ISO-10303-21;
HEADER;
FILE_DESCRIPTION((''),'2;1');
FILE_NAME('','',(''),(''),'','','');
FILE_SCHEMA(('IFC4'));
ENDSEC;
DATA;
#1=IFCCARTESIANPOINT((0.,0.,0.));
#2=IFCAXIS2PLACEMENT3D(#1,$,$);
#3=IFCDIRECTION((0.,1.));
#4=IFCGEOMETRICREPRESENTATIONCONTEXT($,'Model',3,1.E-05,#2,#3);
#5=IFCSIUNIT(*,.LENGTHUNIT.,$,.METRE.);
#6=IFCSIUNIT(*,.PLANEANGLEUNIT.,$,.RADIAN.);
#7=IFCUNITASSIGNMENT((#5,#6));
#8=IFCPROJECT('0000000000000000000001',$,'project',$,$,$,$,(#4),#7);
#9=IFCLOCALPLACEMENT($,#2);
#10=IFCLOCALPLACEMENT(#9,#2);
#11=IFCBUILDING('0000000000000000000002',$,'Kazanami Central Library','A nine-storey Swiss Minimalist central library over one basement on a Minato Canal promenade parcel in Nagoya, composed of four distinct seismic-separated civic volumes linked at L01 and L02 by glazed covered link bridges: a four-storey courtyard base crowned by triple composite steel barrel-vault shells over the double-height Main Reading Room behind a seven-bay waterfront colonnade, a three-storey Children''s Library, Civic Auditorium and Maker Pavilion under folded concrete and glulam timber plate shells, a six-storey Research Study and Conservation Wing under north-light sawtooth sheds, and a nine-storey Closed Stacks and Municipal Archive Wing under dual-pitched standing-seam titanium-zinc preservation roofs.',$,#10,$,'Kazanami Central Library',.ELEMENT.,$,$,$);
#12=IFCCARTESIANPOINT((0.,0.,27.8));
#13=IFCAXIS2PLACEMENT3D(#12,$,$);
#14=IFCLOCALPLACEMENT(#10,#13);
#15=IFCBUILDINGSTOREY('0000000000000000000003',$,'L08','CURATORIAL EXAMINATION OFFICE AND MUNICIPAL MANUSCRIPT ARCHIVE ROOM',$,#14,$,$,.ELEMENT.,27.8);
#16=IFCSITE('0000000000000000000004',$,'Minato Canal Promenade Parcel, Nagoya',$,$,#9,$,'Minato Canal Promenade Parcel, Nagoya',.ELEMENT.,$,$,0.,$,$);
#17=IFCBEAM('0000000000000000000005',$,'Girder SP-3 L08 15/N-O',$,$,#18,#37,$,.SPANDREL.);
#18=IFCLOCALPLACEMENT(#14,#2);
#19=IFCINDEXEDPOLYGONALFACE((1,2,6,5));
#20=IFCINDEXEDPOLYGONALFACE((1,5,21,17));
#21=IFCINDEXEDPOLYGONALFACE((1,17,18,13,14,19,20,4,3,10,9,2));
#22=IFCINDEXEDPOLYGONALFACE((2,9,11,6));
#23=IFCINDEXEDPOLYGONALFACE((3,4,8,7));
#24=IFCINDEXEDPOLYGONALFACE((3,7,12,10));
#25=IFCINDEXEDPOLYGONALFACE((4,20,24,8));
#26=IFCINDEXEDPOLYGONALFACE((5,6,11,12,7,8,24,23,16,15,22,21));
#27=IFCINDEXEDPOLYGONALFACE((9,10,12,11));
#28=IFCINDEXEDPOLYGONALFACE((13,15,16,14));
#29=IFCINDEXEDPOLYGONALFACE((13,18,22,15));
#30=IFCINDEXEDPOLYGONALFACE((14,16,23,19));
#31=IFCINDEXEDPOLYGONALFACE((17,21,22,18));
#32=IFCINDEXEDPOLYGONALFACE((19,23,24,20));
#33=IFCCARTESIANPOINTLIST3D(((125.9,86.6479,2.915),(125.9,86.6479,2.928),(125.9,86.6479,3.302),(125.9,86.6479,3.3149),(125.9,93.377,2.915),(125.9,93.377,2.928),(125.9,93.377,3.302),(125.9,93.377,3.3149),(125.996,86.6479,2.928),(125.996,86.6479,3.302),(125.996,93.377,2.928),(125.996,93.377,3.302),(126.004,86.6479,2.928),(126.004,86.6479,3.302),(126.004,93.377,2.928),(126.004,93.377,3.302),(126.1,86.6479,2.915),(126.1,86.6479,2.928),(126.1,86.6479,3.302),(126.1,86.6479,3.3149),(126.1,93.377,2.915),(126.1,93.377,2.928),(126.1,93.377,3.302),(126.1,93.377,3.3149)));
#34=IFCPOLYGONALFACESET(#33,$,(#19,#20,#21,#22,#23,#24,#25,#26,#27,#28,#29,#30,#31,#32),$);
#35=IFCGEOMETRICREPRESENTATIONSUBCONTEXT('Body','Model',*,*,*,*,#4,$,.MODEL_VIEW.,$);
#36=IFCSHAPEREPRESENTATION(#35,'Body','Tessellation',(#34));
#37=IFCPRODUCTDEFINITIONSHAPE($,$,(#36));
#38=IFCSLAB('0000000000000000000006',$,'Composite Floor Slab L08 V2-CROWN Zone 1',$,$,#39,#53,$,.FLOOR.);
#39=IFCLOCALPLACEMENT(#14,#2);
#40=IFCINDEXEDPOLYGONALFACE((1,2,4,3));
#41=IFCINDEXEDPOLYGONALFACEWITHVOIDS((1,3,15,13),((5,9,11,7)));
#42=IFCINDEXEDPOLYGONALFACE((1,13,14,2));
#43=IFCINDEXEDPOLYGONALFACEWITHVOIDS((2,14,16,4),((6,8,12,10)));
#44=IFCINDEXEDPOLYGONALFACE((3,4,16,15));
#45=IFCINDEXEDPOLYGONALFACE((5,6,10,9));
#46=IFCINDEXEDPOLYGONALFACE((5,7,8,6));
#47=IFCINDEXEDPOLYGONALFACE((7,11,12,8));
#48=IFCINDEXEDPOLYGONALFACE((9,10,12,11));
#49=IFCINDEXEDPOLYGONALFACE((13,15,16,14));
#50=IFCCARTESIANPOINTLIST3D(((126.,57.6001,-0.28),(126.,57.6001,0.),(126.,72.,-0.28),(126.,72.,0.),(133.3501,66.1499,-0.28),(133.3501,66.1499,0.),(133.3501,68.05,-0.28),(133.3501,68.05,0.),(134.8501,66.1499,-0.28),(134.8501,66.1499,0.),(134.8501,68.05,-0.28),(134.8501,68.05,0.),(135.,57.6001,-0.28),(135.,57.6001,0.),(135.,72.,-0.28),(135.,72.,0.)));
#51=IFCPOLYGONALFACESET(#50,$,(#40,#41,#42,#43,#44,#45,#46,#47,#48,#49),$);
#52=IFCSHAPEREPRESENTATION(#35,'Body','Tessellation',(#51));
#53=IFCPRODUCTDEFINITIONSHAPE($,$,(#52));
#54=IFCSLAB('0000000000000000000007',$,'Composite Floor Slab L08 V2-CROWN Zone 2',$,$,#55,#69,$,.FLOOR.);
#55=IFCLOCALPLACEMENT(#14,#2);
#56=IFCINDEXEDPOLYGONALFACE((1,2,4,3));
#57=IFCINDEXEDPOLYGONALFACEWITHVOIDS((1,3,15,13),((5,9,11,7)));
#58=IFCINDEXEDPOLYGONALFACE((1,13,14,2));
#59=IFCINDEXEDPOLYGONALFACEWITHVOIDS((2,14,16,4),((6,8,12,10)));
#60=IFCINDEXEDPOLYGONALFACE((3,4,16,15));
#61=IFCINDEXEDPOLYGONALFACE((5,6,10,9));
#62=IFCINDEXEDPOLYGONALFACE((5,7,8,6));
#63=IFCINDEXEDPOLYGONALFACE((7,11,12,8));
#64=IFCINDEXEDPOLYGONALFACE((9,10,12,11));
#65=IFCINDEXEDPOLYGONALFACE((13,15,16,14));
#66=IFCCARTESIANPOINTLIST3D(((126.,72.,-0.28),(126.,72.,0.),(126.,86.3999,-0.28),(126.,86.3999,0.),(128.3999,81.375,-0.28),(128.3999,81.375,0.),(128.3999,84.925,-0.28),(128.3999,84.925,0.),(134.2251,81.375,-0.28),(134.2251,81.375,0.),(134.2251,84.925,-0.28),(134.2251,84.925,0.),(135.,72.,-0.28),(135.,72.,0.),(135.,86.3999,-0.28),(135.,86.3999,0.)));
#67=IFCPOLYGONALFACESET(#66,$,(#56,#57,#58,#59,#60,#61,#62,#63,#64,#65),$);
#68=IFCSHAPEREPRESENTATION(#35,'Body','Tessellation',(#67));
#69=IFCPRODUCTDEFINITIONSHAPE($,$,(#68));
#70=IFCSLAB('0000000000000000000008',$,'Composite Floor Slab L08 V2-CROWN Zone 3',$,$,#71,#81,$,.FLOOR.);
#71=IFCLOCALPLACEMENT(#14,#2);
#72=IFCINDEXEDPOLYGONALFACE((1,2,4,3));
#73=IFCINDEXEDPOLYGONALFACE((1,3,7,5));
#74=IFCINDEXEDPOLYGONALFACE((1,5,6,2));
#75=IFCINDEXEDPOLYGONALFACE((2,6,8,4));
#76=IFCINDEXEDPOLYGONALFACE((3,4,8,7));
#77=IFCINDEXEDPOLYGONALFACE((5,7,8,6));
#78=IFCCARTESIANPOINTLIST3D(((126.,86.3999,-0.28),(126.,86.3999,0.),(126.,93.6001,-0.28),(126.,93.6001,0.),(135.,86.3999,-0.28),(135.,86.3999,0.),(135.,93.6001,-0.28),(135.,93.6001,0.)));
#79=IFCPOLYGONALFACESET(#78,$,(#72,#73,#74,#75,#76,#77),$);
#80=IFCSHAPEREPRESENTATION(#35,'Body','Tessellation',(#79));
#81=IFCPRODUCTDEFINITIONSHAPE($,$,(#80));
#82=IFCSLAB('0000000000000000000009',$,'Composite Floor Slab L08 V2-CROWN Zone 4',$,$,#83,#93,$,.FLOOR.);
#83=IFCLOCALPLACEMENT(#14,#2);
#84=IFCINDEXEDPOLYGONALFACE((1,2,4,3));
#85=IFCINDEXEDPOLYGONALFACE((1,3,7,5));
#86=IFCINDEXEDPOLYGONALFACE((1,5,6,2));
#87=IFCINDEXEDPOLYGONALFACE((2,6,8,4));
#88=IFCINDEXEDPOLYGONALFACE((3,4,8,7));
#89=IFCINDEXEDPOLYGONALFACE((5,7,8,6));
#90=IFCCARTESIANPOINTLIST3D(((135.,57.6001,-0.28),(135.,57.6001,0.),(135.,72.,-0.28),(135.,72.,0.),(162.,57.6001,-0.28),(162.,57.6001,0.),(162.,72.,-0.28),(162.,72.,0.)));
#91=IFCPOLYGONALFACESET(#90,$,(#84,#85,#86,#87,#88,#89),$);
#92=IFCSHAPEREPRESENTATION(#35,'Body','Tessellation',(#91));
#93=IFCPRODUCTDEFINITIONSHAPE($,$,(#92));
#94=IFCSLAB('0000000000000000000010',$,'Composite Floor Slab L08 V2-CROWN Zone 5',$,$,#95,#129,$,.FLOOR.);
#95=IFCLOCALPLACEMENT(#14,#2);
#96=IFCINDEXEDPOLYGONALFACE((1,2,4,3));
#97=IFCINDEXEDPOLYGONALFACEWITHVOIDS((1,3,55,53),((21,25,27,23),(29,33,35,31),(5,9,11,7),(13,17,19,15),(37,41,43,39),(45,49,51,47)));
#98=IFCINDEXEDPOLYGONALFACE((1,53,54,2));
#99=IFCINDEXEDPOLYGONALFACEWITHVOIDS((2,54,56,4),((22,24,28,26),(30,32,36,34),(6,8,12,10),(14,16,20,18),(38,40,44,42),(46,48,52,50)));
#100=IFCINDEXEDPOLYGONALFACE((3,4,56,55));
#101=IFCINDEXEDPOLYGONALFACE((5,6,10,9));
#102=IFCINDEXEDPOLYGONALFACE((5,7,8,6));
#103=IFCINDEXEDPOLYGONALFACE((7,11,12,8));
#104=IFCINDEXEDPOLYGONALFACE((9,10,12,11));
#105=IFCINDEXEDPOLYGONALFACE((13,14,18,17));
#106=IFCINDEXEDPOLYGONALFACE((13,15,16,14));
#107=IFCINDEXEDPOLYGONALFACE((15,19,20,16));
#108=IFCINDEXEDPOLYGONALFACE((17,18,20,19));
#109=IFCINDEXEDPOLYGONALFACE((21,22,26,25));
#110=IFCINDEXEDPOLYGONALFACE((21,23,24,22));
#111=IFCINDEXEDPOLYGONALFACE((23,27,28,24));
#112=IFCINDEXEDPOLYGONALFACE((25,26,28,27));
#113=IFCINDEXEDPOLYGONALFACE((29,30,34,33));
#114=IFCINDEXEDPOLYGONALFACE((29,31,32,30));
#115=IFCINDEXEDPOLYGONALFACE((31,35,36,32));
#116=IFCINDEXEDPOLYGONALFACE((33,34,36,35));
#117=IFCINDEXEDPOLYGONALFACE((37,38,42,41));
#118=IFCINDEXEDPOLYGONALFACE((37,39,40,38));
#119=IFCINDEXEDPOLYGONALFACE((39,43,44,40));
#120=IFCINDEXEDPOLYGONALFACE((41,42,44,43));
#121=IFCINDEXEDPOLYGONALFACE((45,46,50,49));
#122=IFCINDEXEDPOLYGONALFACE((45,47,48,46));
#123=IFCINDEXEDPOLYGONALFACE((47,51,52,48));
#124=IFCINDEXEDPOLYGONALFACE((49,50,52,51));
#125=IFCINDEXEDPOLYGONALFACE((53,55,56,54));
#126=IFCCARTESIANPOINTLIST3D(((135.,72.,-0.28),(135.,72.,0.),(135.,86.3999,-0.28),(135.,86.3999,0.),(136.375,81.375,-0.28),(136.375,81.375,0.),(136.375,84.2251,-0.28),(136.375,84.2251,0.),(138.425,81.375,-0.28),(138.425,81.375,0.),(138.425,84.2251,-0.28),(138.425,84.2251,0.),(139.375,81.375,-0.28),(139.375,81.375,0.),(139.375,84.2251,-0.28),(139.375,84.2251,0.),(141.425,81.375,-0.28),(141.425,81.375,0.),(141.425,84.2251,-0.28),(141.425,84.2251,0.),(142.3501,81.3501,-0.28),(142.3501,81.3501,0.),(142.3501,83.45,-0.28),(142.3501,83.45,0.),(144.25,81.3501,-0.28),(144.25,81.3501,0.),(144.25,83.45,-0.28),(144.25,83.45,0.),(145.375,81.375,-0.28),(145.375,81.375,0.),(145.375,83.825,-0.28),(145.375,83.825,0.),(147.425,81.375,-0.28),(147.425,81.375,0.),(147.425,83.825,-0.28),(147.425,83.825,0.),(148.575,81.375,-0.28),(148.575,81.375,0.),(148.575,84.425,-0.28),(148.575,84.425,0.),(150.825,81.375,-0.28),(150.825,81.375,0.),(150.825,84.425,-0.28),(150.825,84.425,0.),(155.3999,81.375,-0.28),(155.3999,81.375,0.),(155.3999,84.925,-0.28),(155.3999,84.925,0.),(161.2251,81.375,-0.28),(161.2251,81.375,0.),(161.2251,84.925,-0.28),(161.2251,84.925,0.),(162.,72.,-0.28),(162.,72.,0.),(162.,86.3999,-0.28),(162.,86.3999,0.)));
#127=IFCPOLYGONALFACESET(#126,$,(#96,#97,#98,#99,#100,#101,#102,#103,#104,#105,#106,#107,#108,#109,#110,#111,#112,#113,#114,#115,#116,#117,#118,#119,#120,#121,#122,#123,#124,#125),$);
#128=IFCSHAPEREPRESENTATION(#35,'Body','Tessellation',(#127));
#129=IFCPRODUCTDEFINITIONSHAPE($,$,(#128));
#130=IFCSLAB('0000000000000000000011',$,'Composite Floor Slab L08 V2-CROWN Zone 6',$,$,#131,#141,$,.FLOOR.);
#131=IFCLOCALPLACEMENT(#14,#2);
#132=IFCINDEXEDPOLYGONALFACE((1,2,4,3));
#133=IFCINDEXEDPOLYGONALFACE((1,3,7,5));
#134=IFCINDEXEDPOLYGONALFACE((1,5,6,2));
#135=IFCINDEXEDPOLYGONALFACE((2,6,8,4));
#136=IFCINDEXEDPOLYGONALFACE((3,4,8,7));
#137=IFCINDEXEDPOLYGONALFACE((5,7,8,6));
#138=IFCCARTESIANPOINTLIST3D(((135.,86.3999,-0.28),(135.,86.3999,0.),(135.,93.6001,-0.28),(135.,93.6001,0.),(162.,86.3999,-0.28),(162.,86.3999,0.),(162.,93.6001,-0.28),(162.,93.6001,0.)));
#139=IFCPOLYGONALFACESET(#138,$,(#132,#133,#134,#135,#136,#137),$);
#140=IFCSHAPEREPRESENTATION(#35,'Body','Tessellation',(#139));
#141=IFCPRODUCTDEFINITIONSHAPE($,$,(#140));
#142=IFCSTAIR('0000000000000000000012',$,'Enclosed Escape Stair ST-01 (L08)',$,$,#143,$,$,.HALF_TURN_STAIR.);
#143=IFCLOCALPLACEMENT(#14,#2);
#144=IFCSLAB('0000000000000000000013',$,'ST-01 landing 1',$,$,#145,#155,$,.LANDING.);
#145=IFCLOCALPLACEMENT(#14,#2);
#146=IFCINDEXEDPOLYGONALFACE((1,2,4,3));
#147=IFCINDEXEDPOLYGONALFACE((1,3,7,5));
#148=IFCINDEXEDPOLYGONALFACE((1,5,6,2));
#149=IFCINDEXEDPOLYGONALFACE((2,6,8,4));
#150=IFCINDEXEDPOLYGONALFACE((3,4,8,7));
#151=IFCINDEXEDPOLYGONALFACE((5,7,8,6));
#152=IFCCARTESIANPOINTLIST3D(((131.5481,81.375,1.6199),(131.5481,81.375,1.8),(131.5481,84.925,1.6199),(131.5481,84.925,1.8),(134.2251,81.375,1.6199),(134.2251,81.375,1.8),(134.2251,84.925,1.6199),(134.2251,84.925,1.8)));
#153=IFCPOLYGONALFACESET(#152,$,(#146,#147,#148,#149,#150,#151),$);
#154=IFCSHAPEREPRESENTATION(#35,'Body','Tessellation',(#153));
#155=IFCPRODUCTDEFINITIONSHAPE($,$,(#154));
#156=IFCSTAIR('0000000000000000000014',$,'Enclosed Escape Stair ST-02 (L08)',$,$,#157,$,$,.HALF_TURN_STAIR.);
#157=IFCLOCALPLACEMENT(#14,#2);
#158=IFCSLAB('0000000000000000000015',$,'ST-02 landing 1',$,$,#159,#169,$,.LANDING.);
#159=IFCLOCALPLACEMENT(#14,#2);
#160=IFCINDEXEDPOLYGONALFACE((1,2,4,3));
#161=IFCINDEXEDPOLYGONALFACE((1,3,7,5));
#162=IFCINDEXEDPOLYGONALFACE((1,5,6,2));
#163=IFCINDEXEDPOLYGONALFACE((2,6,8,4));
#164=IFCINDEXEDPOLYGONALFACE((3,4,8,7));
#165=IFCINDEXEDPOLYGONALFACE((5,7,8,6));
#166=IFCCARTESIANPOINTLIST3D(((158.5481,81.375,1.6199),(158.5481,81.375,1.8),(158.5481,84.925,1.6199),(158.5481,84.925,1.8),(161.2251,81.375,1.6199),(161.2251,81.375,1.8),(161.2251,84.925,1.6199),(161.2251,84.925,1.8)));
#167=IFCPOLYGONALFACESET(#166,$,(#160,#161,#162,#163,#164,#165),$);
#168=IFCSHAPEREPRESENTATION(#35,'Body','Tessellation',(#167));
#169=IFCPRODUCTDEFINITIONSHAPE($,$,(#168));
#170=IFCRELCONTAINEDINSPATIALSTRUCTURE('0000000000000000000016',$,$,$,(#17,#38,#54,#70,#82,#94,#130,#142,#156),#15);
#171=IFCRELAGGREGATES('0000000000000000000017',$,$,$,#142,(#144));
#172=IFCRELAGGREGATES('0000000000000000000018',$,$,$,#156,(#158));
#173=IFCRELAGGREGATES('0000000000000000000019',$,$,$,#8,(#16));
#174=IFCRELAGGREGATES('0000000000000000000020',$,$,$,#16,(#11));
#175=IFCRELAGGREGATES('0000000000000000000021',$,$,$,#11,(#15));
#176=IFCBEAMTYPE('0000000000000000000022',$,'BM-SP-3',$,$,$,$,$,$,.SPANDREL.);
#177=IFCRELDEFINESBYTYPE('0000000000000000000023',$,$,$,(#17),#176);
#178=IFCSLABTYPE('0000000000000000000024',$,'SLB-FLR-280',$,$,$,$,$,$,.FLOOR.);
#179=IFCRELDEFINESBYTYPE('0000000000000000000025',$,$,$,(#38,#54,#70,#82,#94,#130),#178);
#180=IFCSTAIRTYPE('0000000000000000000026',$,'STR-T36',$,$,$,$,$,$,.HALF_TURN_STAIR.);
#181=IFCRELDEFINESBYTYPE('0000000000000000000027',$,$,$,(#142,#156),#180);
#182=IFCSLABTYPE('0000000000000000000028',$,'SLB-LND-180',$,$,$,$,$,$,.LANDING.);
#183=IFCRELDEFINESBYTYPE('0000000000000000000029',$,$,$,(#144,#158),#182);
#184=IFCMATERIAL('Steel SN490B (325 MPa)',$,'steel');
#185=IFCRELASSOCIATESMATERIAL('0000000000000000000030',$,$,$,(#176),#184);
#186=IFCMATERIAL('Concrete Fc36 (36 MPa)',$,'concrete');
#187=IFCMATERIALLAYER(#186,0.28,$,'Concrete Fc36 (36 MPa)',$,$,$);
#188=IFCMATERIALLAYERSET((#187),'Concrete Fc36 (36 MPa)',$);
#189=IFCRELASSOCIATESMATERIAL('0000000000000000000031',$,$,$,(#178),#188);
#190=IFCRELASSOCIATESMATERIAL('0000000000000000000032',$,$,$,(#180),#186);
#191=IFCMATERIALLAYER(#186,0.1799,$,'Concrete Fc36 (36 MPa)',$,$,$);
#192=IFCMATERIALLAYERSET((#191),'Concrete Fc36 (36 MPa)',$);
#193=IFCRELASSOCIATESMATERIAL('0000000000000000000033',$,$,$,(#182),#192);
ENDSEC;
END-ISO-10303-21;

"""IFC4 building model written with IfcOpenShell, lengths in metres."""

from ifc_helpers import new_model, si_unit, direction, frame, origin, origin_2d, place, context, subcontext, project, spatial, polyline, i_section, outline, extrude, material, layer, layer_set, material_profile, profile_set, type_object, element, aggregate, save


model = new_model("IFC4")

# Units and contexts
model_context = context("Model", 3, precision=1e-05, world=origin(), true_north=direction((0.0, 1.0)))
body_context = subcontext(model_context, "Body", "Model", "MODEL_VIEW")
ifc_project = project(units=[si_unit("LENGTHUNIT", "METRE"), si_unit("PLANEANGLEUNIT", "RADIAN")], contexts=[model_context])

# Site, building, storey
site_placement = place(None, origin())
site = spatial("IfcSite", under=ifc_project, at=site_placement, Name="Minato Canal Promenade Parcel, Nagoya", LongName="Minato Canal Promenade Parcel, Nagoya", CompositionType="ELEMENT", RefElevation=0.0)
building_placement = place(site_placement, origin())
building = spatial("IfcBuilding", under=site, at=building_placement, Name="Kazanami Central Library", Description="A nine-storey Swiss Minimalist central library over one basement on a Minato Canal promenade parcel in Nagoya, composed of four distinct seismic-separated civic volumes linked at L01 and L02 by glazed covered link bridges: a four-storey courtyard base crowned by triple composite steel barrel-vault shells over the double-height Main Reading Room behind a seven-bay waterfront colonnade, a three-storey Children's Library, Civic Auditorium and Maker Pavilion under folded concrete and glulam timber plate shells, a six-storey Research Study and Conservation Wing under north-light sawtooth sheds, and a nine-storey Closed Stacks and Municipal Archive Wing under dual-pitched standing-seam titanium-zinc preservation roofs.", LongName="Kazanami Central Library", CompositionType="ELEMENT")
storey_placement = place(building_placement, frame((0.0, 0.0, 27.8)))
storey = spatial("IfcBuildingStorey", under=building, at=storey_placement, Name="L08", Description="CURATORIAL EXAMINATION OFFICE AND MUNICIPAL MANUSCRIPT ARCHIVE ROOM", CompositionType="ELEMENT", Elevation=27.8)

# Beam
ifc_material_1 = material(Name="Steel SN490B (325 MPa)", Category="steel")
ifc_material_profile_1 = material_profile(ifc_material_1, i_section(OverallWidth=0.2, OverallDepth=0.3999, WebThickness=0.0081, FlangeThickness=0.0129, at=origin_2d()), Name="H-400x200x8x13")
ifc_profile_set_1 = profile_set([ifc_material_profile_1], Name="Steel SN490B (325 MPa)")
beam_type = type_object("IfcBeamType", Name="BM-SP-3", PredefinedType="SPANDREL", material=ifc_profile_set_1)
beam_1_placement = place(storey_placement, frame((126.0, 86.6479, 3.115), z_axis=(0.0, 1.0, 0.0), x_axis=(-1.0, 0.0, 0.0)))
element("IfcBeam", 1, at=beam_1_placement, inside=storey, type_object=beam_type, Name="Girder SP-3 L08 15/N-O", PredefinedType="SPANDREL", context=body_context, shape_type="SweptSolid", body=[
    extrude(i_section(OverallWidth=0.2, OverallDepth=0.3999, WebThickness=0.0081, FlangeThickness=0.0129, at=origin_2d()), origin(), (0.0, 0.0, 1.0), 6.729),
])

# Slabs
ifc_material_2 = material(Name="Concrete Fc36 (36 MPa)", Category="concrete")
ifc_layer_1 = layer(ifc_material_2, 0.28, Name="Concrete Fc36 (36 MPa)")
ifc_layer_set_1 = layer_set([ifc_layer_1], Name="Concrete Fc36 (36 MPa)")
slab_type_1 = type_object("IfcSlabType", Name="SLB-FLR-280", PredefinedType="FLOOR", material=ifc_layer_set_1)
slab_1_placement = place(storey_placement, frame((0.0, 0.0, -0.28)))
element("IfcSlab", 2, at=slab_1_placement, inside=storey, type_object=slab_type_1, Name="Composite Floor Slab L08 V2-CROWN Zone 1", PredefinedType="FLOOR", context=body_context, shape_type="SweptSolid", body=[
    extrude(outline(polyline([(126.0, 57.6001), (135.0, 57.6001), (135.0, 72.0), (126.0, 72.0), (126.0, 57.6001)]), holes=[polyline([(133.3501, 66.1499), (134.8501, 66.1499), (134.8501, 68.05), (133.3501, 68.05), (133.3501, 66.1499)])]), origin(), (0.0, 0.0, 1.0), 0.28),
])
slab_2_placement = place(storey_placement, frame((0.0, 0.0, -0.28)))
element("IfcSlab", 3, at=slab_2_placement, inside=storey, type_object=slab_type_1, Name="Composite Floor Slab L08 V2-CROWN Zone 2", PredefinedType="FLOOR", context=body_context, shape_type="SweptSolid", body=[
    extrude(outline(polyline([(126.0, 72.0), (135.0, 72.0), (135.0, 86.3999), (126.0, 86.3999), (126.0, 72.0)]), holes=[polyline([(128.3999, 81.375), (134.2251, 81.375), (134.2251, 84.925), (128.3999, 84.925), (128.3999, 81.375)])]), origin(), (0.0, 0.0, 1.0), 0.28),
])
slab_3_placement = place(storey_placement, frame((0.0, 0.0, -0.28)))
element("IfcSlab", 4, at=slab_3_placement, inside=storey, type_object=slab_type_1, Name="Composite Floor Slab L08 V2-CROWN Zone 3", PredefinedType="FLOOR", context=body_context, shape_type="SweptSolid", body=[
    extrude(outline(polyline([(126.0, 86.3999), (135.0, 86.3999), (135.0, 93.6001), (126.0, 93.6001), (126.0, 86.3999)])), origin(), (0.0, 0.0, 1.0), 0.28),
])
slab_4_placement = place(storey_placement, frame((0.0, 0.0, -0.28)))
element("IfcSlab", 5, at=slab_4_placement, inside=storey, type_object=slab_type_1, Name="Composite Floor Slab L08 V2-CROWN Zone 4", PredefinedType="FLOOR", context=body_context, shape_type="SweptSolid", body=[
    extrude(outline(polyline([(135.0, 57.6001), (162.0, 57.6001), (162.0, 72.0), (135.0, 72.0), (135.0, 57.6001)])), origin(), (0.0, 0.0, 1.0), 0.28),
])
slab_5_placement = place(storey_placement, frame((0.0, 0.0, -0.28)))
element("IfcSlab", 6, at=slab_5_placement, inside=storey, type_object=slab_type_1, Name="Composite Floor Slab L08 V2-CROWN Zone 5", PredefinedType="FLOOR", context=body_context, shape_type="SweptSolid", body=[
    extrude(outline(polyline([(135.0, 72.0), (162.0, 72.0), (162.0, 86.3999), (135.0, 86.3999), (135.0, 72.0)]), holes=[polyline([(155.3999, 81.375), (161.2251, 81.375), (161.2251, 84.925), (155.3999, 84.925), (155.3999, 81.375)]), polyline([(136.375, 81.375), (138.425, 81.375), (138.425, 84.2251), (136.375, 84.2251), (136.375, 81.375)]), polyline([(139.375, 81.375), (141.425, 81.375), (141.425, 84.2251), (139.375, 84.2251), (139.375, 81.375)]), polyline([(145.375, 81.375), (147.425, 81.375), (147.425, 83.825), (145.375, 83.825), (145.375, 81.375)]), polyline([(148.575, 81.375), (150.825, 81.375), (150.825, 84.425), (148.575, 84.425), (148.575, 81.375)]), polyline([(142.3501, 81.3501), (144.25, 81.3501), (144.25, 83.45), (142.3501, 83.45), (142.3501, 81.3501)])]), origin(), (0.0, 0.0, 1.0), 0.28),
])
slab_6_placement = place(storey_placement, frame((0.0, 0.0, -0.28)))
element("IfcSlab", 7, at=slab_6_placement, inside=storey, type_object=slab_type_1, Name="Composite Floor Slab L08 V2-CROWN Zone 6", PredefinedType="FLOOR", context=body_context, shape_type="SweptSolid", body=[
    extrude(outline(polyline([(135.0, 86.3999), (162.0, 86.3999), (162.0, 93.6001), (135.0, 93.6001), (135.0, 86.3999)])), origin(), (0.0, 0.0, 1.0), 0.28),
])

# Stairs, slabs
stair_type = type_object("IfcStairType", Name="STR-T36", PredefinedType="HALF_TURN_STAIR", material=ifc_material_2)
stair_1_placement = place(storey_placement, origin())
stair_1 = element("IfcStair", 8, at=stair_1_placement, inside=storey, type_object=stair_type, Name="Enclosed Escape Stair ST-01 (L08)", PredefinedType="HALF_TURN_STAIR")
ifc_layer_2 = layer(ifc_material_2, 0.1799, Name="Concrete Fc36 (36 MPa)")
ifc_layer_set_2 = layer_set([ifc_layer_2], Name="Concrete Fc36 (36 MPa)")
slab_type_2 = type_object("IfcSlabType", Name="SLB-LND-180", PredefinedType="LANDING", material=ifc_layer_set_2)
slab_7_placement = place(storey_placement, frame((0.0, 0.0, 1.6199)))
slab_7 = element("IfcSlab", 9, at=slab_7_placement, type_object=slab_type_2, Name="ST-01 landing 1", PredefinedType="LANDING", context=body_context, shape_type="SweptSolid", body=[
    extrude(outline(polyline([(131.5481, 81.375), (134.2251, 81.375), (134.2251, 84.925), (131.5481, 84.925), (131.5481, 81.375)])), origin(), (0.0, 0.0, 1.0), 0.1802),
])
aggregate(stair_1, [slab_7])
stair_2_placement = place(storey_placement, origin())
stair_2 = element("IfcStair", 10, at=stair_2_placement, inside=storey, type_object=stair_type, Name="Enclosed Escape Stair ST-02 (L08)", PredefinedType="HALF_TURN_STAIR")
slab_8_placement = place(storey_placement, frame((0.0, 0.0, 1.6199)))
slab_8 = element("IfcSlab", 11, at=slab_8_placement, type_object=slab_type_2, Name="ST-02 landing 1", PredefinedType="LANDING", context=body_context, shape_type="SweptSolid", body=[
    extrude(outline(polyline([(158.5481, 81.375), (161.2251, 81.375), (161.2251, 84.925), (158.5481, 84.925), (158.5481, 81.375)])), origin(), (0.0, 0.0, 1.0), 0.1802),
])
aggregate(stair_2, [slab_8])

save(model, "model.ifc")
